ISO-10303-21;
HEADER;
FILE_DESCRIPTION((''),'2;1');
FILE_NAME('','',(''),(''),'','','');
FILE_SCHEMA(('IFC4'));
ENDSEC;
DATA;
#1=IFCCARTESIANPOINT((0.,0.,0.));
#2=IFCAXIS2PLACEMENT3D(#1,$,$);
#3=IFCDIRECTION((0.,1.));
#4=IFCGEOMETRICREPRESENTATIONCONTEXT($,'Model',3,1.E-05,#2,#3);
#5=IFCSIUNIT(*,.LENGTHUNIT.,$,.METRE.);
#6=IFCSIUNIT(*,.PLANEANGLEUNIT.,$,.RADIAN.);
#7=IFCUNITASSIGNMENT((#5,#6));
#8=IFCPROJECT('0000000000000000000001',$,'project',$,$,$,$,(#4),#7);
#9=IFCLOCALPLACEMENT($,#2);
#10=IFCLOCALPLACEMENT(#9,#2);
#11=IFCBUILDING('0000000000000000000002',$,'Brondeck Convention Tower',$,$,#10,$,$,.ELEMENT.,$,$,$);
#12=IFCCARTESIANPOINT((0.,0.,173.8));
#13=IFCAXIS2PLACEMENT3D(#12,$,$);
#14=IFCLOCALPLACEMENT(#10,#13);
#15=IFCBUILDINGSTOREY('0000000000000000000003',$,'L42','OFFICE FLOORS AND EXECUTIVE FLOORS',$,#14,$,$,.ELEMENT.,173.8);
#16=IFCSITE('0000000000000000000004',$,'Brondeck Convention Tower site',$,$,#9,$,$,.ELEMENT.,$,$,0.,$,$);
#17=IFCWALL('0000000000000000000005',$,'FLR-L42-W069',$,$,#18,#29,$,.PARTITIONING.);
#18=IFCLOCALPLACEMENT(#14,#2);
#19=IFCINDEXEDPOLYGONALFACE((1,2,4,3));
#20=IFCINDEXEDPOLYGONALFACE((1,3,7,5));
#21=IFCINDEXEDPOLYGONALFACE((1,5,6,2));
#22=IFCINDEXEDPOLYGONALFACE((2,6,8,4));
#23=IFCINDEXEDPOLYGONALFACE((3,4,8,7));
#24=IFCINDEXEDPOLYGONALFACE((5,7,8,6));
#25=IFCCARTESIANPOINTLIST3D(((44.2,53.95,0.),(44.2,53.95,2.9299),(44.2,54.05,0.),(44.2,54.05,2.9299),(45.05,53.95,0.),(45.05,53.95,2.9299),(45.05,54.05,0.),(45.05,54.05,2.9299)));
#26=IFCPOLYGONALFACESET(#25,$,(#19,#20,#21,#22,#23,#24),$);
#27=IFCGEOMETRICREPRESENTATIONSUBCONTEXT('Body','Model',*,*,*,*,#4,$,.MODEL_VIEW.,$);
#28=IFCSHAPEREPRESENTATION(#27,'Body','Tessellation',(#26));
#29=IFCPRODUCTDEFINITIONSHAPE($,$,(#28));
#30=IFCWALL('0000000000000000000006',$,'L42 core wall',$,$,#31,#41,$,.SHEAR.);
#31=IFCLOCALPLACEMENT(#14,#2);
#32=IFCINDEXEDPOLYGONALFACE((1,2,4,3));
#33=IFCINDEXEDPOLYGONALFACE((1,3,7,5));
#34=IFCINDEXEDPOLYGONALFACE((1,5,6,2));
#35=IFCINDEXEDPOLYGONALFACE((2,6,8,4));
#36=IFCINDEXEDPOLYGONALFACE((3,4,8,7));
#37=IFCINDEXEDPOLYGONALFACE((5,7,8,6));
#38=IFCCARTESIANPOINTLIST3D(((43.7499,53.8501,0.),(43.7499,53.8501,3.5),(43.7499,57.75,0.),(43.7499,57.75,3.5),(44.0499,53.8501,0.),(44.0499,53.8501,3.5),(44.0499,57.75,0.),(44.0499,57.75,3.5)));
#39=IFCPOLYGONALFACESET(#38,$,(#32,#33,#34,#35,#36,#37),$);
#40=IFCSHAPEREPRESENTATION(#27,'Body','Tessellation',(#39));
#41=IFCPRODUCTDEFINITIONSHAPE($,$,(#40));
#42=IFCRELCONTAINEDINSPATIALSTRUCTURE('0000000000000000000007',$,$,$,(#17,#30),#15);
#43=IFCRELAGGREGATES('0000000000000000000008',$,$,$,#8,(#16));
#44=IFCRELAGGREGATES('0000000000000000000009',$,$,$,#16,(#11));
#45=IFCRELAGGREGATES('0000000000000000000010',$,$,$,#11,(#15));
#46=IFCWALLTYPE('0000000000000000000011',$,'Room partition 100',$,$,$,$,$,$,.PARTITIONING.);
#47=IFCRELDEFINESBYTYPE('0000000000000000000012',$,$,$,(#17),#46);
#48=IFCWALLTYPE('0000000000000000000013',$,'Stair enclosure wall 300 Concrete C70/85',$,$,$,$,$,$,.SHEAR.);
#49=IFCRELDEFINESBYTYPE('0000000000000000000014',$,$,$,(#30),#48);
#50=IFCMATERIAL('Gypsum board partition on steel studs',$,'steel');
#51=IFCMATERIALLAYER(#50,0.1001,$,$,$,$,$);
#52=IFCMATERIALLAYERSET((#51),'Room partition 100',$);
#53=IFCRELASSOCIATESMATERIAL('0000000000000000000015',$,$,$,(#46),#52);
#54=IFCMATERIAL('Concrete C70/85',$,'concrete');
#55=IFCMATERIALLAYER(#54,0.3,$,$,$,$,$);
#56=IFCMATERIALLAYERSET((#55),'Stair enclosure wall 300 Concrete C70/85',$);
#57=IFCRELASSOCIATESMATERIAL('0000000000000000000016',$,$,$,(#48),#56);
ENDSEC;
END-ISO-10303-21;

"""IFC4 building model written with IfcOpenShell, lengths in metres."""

from ifc_helpers import new_model, si_unit, direction, frame, frame_2d, origin, place, context, subcontext, project, spatial, rectangle, extrude, material, layer, layer_set, type_object, element, save


model = new_model("IFC4")

# Units and contexts
model_context = context("Model", 3, precision=1e-05, world=origin(), true_north=direction((0.0, 1.0)))
body_context = subcontext(model_context, "Body", "Model", "MODEL_VIEW")
ifc_project = project(units=[si_unit("LENGTHUNIT", "METRE"), si_unit("PLANEANGLEUNIT", "RADIAN")], contexts=[model_context])

# Site, building, storey
site_placement = place(None, origin())
site = spatial("IfcSite", under=ifc_project, at=site_placement, Name="Brondeck Convention Tower site", CompositionType="ELEMENT", RefElevation=0.0)
building_placement = place(site_placement, origin())
building = spatial("IfcBuilding", under=site, at=building_placement, Name="Brondeck Convention Tower", CompositionType="ELEMENT")
storey_placement = place(building_placement, frame((0.0, 0.0, 173.8)))
storey = spatial("IfcBuildingStorey", under=building, at=storey_placement, Name="L42", Description="OFFICE FLOORS AND EXECUTIVE FLOORS", CompositionType="ELEMENT", Elevation=173.8)

# Shared definitions
ifc_material_1 = material(Name="Concrete C70/85", Category="concrete")

# Walls
ifc_material_2 = material(Name="Gypsum board partition on steel studs", Category="steel")
ifc_layer_1 = layer(ifc_material_2, 0.1001)
ifc_layer_set_1 = layer_set([ifc_layer_1], Name="Room partition 100")
wall_type_1 = type_object("IfcWallType", Name="Room partition 100", PredefinedType="PARTITIONING", material=ifc_layer_set_1)
wall_1_placement = place(storey_placement, frame((44.2, 54.0, 0.0), z_axis=(0.0, 0.0, 1.0), x_axis=(1.0, 0.0, 0.0)))
element("IfcWall", 1, at=wall_1_placement, inside=storey, type_object=wall_type_1, Name="FLR-L42-W069", PredefinedType="PARTITIONING", context=body_context, shape_type="SweptSolid", body=[
    extrude(rectangle(XDim=0.8501, YDim=0.1001, at=frame_2d((0.425, 0.0))), origin(), (0.0, 0.0, 1.0), 2.9299),
])
ifc_layer_2 = layer(ifc_material_1, 0.3)
ifc_layer_set_2 = layer_set([ifc_layer_2], Name="Stair enclosure wall 300 Concrete C70/85")
wall_type_2 = type_object("IfcWallType", Name="Stair enclosure wall 300 Concrete C70/85", PredefinedType="SHEAR", material=ifc_layer_set_2)
wall_2_placement = place(storey_placement, frame((43.8999, 53.8501, 0.0), z_axis=(0.0, 0.0, 1.0), x_axis=(0.0, 1.0, 0.0)))
element("IfcWall", 2, at=wall_2_placement, inside=storey, type_object=wall_type_2, Name="L42 core wall", PredefinedType="SHEAR", context=body_context, shape_type="SweptSolid", body=[
    extrude(rectangle(XDim=3.8999, YDim=0.3, at=frame_2d((1.95, 0.0))), origin(), (0.0, 0.0, 1.0), 3.5),
])

save(model, "model.ifc")
